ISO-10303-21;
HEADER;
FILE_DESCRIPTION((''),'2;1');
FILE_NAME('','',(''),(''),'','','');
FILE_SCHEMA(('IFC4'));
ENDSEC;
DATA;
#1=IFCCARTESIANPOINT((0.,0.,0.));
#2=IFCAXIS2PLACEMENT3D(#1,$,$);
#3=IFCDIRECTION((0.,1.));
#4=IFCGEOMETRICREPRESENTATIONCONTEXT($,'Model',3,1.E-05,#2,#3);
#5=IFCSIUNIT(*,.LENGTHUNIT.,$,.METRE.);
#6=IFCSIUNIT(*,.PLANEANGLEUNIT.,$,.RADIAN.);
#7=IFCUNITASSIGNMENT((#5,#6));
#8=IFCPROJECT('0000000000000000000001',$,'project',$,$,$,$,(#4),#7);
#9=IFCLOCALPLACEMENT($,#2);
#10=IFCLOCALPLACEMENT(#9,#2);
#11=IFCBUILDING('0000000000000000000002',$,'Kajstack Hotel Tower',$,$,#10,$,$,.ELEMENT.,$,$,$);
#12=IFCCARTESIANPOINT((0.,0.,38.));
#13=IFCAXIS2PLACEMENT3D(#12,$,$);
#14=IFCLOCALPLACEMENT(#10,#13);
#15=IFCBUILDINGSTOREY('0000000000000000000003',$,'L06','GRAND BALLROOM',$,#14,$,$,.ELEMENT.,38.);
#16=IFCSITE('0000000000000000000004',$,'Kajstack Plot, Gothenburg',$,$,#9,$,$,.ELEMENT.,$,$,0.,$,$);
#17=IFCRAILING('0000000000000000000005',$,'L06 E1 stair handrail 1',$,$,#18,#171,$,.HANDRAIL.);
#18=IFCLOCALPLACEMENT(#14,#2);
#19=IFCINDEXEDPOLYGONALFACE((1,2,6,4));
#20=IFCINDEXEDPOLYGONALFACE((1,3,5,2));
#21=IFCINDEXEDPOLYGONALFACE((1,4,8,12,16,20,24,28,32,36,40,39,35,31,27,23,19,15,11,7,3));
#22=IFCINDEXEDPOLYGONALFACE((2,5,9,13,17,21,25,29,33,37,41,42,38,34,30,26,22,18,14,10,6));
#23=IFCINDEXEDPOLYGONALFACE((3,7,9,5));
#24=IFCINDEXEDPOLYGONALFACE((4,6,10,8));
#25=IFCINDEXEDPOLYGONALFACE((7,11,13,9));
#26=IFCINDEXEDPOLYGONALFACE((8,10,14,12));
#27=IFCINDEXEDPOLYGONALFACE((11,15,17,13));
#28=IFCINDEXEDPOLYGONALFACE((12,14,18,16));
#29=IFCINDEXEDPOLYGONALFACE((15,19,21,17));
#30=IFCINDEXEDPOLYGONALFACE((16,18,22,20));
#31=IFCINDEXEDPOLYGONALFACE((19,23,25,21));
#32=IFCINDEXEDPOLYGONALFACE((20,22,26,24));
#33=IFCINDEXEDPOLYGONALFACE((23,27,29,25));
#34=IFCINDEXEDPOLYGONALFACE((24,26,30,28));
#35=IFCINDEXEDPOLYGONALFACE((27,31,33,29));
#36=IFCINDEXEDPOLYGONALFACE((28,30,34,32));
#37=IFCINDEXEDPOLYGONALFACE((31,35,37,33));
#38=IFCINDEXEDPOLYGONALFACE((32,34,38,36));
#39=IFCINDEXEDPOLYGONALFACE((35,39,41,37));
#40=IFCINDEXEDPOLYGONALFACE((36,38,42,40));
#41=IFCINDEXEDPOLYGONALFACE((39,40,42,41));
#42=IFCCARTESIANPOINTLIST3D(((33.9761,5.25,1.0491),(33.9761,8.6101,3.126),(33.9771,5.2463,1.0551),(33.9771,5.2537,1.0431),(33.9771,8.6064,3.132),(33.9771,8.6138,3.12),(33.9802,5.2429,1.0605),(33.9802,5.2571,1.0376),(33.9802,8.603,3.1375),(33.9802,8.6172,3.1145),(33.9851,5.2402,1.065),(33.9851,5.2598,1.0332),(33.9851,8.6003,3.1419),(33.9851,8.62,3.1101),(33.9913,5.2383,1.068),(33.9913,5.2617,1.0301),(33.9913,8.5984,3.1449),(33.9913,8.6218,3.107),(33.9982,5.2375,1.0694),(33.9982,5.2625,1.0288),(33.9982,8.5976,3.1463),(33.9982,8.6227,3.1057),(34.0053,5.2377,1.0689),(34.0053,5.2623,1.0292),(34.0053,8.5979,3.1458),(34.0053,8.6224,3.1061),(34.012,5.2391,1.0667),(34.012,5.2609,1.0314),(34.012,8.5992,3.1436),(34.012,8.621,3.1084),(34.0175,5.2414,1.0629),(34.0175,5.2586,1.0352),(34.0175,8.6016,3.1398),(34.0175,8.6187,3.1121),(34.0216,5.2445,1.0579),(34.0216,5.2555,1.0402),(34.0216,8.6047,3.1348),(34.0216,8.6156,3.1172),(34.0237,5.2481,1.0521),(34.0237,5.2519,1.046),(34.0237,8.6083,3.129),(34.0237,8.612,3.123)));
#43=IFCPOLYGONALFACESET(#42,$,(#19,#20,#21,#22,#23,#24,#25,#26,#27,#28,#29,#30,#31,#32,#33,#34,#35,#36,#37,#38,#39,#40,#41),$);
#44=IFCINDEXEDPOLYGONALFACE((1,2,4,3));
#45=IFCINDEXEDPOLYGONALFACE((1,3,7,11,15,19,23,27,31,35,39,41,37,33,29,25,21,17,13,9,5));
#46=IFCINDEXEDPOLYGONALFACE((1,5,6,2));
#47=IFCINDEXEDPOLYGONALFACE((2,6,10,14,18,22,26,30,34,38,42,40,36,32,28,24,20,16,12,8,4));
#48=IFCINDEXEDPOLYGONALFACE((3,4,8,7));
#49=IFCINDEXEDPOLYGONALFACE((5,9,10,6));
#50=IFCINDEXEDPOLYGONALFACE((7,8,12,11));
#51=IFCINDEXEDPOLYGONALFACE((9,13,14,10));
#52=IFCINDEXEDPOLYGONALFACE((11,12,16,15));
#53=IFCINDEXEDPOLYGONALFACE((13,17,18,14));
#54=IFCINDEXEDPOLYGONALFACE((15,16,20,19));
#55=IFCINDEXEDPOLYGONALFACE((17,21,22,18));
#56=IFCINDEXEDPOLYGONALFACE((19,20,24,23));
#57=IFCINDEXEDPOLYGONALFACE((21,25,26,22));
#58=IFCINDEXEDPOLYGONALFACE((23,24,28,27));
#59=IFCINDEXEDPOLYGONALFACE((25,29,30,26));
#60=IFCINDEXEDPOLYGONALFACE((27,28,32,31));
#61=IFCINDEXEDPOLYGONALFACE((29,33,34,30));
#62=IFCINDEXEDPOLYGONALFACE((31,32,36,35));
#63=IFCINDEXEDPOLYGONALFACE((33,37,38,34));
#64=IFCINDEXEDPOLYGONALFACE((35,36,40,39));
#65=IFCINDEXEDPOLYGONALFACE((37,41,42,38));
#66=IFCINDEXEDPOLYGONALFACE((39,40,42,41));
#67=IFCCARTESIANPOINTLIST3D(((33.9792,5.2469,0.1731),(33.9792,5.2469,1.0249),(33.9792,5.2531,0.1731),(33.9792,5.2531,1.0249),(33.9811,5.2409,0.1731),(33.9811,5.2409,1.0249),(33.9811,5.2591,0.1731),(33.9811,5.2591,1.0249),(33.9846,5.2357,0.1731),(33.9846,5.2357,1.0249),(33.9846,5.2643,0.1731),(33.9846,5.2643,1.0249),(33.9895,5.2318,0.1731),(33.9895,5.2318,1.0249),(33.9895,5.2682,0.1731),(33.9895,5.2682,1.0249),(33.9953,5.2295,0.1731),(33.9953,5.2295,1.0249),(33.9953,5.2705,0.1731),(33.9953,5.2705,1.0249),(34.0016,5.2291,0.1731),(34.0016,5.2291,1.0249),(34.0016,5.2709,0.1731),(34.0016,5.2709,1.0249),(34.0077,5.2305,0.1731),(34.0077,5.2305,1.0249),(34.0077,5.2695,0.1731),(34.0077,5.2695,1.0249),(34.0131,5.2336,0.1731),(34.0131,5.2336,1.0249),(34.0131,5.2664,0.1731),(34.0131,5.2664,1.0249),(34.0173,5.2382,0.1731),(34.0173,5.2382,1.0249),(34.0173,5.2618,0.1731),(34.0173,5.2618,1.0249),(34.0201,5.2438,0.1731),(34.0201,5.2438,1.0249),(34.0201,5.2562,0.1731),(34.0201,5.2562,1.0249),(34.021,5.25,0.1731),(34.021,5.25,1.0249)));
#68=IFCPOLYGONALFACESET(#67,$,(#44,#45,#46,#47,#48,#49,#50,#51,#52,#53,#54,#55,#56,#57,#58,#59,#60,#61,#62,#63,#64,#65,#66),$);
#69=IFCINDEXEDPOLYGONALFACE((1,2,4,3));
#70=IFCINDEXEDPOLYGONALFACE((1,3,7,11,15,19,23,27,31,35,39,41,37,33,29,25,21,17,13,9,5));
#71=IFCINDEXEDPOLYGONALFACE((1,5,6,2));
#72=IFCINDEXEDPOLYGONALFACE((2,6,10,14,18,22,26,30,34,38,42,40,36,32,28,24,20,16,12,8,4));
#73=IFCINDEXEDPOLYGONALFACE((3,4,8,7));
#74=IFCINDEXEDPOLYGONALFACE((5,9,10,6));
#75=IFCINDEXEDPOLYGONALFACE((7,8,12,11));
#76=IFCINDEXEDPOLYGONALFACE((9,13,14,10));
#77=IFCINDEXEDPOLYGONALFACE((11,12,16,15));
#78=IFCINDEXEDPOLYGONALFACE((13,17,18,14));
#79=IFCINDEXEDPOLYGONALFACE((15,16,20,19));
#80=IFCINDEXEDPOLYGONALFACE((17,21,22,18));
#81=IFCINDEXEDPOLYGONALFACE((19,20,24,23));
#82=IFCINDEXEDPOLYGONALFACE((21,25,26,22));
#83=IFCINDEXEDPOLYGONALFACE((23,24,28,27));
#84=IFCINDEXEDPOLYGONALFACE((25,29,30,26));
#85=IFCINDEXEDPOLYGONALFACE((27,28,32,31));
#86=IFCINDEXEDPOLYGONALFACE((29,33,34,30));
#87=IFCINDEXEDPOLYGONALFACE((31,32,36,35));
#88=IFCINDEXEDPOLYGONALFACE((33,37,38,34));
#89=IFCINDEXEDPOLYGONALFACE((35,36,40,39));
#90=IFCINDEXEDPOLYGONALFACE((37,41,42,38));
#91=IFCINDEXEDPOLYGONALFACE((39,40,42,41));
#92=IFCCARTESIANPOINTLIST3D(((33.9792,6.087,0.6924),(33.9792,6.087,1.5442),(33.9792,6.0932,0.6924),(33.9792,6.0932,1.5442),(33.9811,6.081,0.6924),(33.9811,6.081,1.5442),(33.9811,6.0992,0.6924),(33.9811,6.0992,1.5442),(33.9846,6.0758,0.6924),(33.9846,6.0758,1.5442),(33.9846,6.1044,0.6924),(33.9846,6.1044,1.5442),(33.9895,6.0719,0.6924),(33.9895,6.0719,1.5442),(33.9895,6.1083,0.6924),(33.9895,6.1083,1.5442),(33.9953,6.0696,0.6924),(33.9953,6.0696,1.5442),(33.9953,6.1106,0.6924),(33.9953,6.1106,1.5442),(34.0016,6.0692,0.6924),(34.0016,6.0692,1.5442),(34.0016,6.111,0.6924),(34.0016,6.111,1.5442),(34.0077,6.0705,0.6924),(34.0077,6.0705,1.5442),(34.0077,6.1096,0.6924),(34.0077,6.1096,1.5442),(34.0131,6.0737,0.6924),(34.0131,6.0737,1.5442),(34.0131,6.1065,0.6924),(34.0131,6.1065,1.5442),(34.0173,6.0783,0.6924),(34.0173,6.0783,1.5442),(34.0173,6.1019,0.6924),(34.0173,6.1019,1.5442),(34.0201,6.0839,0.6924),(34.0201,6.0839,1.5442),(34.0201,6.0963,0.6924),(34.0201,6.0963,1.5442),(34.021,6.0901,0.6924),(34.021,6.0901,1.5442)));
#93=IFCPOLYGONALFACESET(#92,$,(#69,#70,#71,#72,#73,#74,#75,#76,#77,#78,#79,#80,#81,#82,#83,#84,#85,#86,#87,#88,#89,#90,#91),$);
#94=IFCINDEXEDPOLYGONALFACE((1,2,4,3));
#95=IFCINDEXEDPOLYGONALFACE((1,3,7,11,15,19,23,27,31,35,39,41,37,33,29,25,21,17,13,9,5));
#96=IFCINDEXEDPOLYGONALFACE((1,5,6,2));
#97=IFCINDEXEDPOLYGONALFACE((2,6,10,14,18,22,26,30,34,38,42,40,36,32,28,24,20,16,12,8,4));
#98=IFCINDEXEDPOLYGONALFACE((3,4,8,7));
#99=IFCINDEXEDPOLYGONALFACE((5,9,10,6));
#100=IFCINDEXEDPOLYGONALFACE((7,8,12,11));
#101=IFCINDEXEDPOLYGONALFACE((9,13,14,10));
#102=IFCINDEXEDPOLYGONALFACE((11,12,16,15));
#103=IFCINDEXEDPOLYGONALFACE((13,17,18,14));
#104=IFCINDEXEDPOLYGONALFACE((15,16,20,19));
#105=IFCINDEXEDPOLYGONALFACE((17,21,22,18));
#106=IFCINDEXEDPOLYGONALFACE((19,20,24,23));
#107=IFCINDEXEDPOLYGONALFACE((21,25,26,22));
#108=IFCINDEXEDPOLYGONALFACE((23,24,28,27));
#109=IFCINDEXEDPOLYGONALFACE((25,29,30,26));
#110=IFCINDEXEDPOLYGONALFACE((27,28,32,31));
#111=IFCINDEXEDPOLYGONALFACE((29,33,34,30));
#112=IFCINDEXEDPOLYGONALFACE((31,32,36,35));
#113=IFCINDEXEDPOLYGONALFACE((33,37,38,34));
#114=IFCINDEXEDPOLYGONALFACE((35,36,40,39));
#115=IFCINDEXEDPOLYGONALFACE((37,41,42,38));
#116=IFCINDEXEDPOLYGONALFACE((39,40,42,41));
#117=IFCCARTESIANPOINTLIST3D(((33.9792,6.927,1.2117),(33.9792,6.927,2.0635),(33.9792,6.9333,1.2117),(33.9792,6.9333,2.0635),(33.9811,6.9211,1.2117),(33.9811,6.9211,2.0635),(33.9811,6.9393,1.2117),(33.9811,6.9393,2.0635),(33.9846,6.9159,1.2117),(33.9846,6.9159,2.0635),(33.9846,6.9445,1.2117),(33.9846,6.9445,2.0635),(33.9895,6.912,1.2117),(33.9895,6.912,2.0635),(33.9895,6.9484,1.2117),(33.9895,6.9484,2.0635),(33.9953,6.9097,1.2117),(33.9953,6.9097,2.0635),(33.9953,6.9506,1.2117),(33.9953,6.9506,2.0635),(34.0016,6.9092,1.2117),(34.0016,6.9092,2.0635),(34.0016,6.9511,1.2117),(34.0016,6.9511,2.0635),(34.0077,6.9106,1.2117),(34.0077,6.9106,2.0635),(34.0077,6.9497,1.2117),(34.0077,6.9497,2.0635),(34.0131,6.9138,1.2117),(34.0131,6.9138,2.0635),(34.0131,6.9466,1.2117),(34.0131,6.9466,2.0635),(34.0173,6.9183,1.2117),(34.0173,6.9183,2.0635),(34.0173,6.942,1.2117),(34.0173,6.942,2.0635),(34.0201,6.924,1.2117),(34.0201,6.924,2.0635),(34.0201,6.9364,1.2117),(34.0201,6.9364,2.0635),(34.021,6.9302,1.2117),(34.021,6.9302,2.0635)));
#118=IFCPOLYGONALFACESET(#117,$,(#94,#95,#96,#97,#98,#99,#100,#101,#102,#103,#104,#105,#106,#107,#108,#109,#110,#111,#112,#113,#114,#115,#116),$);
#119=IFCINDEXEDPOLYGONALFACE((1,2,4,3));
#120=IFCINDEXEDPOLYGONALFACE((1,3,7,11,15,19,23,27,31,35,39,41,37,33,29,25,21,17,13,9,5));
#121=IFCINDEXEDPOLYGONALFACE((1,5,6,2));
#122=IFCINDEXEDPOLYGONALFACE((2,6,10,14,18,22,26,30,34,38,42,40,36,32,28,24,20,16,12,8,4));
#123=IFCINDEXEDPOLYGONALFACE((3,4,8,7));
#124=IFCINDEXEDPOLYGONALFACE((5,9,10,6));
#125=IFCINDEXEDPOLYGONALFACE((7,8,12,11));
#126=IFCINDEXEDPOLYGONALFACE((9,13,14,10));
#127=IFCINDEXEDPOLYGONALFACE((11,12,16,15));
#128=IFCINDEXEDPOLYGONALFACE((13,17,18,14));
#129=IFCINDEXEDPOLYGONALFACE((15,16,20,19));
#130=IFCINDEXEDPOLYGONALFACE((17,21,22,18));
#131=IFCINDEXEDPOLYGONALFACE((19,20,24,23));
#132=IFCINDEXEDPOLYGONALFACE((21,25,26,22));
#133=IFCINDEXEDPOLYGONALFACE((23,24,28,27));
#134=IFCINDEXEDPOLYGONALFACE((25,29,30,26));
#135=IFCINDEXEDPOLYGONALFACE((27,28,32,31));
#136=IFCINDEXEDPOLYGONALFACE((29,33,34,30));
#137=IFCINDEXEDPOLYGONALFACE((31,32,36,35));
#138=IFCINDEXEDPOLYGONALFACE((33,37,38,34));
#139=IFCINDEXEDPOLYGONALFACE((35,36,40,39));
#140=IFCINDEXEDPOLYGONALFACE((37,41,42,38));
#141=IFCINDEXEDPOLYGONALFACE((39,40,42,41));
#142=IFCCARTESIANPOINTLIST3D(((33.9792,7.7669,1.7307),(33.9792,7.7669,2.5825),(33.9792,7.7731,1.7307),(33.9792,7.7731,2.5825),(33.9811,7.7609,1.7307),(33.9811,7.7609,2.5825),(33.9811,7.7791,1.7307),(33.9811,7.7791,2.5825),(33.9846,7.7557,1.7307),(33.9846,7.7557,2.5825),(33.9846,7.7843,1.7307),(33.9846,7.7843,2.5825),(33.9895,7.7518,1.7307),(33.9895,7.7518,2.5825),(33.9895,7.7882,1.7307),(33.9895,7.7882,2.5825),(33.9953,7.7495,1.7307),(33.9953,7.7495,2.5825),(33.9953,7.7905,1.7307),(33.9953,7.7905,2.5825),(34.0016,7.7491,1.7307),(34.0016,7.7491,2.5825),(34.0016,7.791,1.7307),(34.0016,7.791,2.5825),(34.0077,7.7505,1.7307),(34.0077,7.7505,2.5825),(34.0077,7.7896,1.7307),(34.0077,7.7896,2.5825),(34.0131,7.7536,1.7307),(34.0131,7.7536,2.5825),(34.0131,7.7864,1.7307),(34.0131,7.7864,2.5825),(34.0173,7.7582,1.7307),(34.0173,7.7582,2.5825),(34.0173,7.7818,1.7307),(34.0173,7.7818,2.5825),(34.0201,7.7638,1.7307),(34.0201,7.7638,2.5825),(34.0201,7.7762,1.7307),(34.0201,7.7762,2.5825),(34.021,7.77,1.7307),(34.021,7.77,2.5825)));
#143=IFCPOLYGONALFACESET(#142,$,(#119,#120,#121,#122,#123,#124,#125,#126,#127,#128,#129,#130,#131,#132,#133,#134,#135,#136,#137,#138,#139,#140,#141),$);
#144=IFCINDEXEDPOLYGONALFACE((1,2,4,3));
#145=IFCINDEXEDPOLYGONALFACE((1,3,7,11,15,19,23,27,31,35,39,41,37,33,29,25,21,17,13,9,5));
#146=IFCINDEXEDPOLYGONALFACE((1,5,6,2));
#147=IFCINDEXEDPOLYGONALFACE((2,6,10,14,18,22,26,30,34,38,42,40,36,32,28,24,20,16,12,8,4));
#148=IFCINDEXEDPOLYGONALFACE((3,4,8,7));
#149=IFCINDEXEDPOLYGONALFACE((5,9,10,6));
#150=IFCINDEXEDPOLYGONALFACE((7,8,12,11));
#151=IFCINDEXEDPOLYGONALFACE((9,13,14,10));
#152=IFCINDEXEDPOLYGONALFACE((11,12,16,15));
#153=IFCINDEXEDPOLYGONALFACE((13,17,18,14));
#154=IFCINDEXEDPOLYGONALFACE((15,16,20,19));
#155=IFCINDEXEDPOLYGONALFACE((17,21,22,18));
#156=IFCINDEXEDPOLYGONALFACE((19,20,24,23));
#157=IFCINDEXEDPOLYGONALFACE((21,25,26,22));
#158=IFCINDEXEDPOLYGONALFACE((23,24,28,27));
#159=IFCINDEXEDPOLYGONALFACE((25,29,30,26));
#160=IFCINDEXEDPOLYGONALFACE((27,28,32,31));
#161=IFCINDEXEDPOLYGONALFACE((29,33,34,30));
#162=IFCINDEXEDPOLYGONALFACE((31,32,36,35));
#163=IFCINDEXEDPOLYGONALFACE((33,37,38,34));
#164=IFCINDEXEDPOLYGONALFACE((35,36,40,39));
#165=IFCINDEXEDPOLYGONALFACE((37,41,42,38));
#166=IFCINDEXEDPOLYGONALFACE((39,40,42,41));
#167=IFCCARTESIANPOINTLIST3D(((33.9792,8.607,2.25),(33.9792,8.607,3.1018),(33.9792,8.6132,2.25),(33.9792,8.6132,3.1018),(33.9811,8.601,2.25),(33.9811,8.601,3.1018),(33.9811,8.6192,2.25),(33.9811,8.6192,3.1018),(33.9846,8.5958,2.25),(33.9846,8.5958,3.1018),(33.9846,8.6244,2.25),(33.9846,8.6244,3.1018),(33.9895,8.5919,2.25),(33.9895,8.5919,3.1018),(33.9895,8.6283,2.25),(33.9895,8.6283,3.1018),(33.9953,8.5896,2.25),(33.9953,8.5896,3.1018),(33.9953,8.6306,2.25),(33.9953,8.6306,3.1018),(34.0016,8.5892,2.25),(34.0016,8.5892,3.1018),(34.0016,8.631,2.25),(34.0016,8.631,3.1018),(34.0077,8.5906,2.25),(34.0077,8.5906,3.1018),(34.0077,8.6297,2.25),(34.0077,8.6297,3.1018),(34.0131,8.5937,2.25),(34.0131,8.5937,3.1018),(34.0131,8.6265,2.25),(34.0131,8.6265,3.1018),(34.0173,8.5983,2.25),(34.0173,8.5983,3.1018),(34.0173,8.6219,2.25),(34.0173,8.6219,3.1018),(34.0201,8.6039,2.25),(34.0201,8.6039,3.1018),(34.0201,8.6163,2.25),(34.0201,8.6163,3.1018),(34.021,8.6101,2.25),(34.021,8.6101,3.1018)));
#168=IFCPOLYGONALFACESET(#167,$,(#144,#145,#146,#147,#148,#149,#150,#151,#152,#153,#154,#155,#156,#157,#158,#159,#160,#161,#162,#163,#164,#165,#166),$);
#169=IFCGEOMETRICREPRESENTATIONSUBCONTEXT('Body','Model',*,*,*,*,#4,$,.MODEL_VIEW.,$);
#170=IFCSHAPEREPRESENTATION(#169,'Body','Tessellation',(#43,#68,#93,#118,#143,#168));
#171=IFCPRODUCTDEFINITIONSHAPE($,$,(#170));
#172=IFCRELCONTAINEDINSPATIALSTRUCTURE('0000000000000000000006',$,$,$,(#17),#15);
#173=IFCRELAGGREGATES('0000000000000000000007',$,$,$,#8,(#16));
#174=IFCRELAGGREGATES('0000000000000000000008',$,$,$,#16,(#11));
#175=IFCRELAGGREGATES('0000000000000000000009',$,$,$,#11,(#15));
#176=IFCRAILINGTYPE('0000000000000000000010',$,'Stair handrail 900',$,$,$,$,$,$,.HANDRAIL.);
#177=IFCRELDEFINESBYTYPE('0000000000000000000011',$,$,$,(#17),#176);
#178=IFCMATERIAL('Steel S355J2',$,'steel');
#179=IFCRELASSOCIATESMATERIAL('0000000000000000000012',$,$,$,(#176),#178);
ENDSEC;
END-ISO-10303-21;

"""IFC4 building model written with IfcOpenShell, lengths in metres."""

from ifc_helpers import new_model, si_unit, direction, frame, origin, origin_2d, place, context, subcontext, project, spatial, circle, extrude, material, type_object, element, save


model = new_model("IFC4")

# Units and contexts
model_context = context("Model", 3, precision=1e-05, world=origin(), true_north=direction((0.0, 1.0)))
body_context = subcontext(model_context, "Body", "Model", "MODEL_VIEW")
ifc_project = project(units=[si_unit("LENGTHUNIT", "METRE"), si_unit("PLANEANGLEUNIT", "RADIAN")], contexts=[model_context])

# Site, building, storey
site_placement = place(None, origin())
site = spatial("IfcSite", under=ifc_project, at=site_placement, Name="Kajstack Plot, Gothenburg", CompositionType="ELEMENT", RefElevation=0.0)
building_placement = place(site_placement, origin())
building = spatial("IfcBuilding", under=site, at=building_placement, Name="Kajstack Hotel Tower", CompositionType="ELEMENT")
storey_placement = place(building_placement, frame((0.0, 0.0, 38.0)))
storey = spatial("IfcBuildingStorey", under=building, at=storey_placement, Name="L06", Description="GRAND BALLROOM", CompositionType="ELEMENT", Elevation=38.0)

# Railing
ifc_material_1 = material(Name="Steel S355J2", Category="steel")
railing_type = type_object("IfcRailingType", Name="Stair handrail 900", PredefinedType="HANDRAIL", material=ifc_material_1)
for number, where, name in (
    (1, (34.0, 5.25, 0.1731), "L06 E1 stair handrail 1"),
):
    element("IfcRailing", number, at=place(storey_placement, frame(where)), inside=storey, type_object=railing_type, Name=name, PredefinedType="HANDRAIL", context=body_context, shape_type="SweptSolid", body=[
        extrude(circle(Radius=0.0239, at=origin_2d()), frame((0.0, 0.0, 0.876), z_axis=(0.0, 0.850623, 0.525776), x_axis=(-1.0, 0.0, 0.0)), (0.0, 0.0, 1.0), 3.9502),
        extrude(circle(Radius=0.021, at=origin_2d()), origin(), (0.0, 0.0, 1.0), 0.8518),
        extrude(circle(Radius=0.021, at=origin_2d()), frame((0.0, 0.8401, 0.5193)), (0.0, 0.0, 1.0), 0.8518),
        extrude(circle(Radius=0.021, at=origin_2d()), frame((0.0, 1.6802, 1.0386)), (0.0, 0.0, 1.0), 0.8518),
        extrude(circle(Radius=0.021, at=origin_2d()), frame((0.0, 2.52, 1.5576)), (0.0, 0.0, 1.0), 0.8518),
        extrude(circle(Radius=0.021, at=origin_2d()), frame((0.0, 3.3601, 2.0769)), (0.0, 0.0, 1.0), 0.8518),
    ])

save(model, "model.ifc")
